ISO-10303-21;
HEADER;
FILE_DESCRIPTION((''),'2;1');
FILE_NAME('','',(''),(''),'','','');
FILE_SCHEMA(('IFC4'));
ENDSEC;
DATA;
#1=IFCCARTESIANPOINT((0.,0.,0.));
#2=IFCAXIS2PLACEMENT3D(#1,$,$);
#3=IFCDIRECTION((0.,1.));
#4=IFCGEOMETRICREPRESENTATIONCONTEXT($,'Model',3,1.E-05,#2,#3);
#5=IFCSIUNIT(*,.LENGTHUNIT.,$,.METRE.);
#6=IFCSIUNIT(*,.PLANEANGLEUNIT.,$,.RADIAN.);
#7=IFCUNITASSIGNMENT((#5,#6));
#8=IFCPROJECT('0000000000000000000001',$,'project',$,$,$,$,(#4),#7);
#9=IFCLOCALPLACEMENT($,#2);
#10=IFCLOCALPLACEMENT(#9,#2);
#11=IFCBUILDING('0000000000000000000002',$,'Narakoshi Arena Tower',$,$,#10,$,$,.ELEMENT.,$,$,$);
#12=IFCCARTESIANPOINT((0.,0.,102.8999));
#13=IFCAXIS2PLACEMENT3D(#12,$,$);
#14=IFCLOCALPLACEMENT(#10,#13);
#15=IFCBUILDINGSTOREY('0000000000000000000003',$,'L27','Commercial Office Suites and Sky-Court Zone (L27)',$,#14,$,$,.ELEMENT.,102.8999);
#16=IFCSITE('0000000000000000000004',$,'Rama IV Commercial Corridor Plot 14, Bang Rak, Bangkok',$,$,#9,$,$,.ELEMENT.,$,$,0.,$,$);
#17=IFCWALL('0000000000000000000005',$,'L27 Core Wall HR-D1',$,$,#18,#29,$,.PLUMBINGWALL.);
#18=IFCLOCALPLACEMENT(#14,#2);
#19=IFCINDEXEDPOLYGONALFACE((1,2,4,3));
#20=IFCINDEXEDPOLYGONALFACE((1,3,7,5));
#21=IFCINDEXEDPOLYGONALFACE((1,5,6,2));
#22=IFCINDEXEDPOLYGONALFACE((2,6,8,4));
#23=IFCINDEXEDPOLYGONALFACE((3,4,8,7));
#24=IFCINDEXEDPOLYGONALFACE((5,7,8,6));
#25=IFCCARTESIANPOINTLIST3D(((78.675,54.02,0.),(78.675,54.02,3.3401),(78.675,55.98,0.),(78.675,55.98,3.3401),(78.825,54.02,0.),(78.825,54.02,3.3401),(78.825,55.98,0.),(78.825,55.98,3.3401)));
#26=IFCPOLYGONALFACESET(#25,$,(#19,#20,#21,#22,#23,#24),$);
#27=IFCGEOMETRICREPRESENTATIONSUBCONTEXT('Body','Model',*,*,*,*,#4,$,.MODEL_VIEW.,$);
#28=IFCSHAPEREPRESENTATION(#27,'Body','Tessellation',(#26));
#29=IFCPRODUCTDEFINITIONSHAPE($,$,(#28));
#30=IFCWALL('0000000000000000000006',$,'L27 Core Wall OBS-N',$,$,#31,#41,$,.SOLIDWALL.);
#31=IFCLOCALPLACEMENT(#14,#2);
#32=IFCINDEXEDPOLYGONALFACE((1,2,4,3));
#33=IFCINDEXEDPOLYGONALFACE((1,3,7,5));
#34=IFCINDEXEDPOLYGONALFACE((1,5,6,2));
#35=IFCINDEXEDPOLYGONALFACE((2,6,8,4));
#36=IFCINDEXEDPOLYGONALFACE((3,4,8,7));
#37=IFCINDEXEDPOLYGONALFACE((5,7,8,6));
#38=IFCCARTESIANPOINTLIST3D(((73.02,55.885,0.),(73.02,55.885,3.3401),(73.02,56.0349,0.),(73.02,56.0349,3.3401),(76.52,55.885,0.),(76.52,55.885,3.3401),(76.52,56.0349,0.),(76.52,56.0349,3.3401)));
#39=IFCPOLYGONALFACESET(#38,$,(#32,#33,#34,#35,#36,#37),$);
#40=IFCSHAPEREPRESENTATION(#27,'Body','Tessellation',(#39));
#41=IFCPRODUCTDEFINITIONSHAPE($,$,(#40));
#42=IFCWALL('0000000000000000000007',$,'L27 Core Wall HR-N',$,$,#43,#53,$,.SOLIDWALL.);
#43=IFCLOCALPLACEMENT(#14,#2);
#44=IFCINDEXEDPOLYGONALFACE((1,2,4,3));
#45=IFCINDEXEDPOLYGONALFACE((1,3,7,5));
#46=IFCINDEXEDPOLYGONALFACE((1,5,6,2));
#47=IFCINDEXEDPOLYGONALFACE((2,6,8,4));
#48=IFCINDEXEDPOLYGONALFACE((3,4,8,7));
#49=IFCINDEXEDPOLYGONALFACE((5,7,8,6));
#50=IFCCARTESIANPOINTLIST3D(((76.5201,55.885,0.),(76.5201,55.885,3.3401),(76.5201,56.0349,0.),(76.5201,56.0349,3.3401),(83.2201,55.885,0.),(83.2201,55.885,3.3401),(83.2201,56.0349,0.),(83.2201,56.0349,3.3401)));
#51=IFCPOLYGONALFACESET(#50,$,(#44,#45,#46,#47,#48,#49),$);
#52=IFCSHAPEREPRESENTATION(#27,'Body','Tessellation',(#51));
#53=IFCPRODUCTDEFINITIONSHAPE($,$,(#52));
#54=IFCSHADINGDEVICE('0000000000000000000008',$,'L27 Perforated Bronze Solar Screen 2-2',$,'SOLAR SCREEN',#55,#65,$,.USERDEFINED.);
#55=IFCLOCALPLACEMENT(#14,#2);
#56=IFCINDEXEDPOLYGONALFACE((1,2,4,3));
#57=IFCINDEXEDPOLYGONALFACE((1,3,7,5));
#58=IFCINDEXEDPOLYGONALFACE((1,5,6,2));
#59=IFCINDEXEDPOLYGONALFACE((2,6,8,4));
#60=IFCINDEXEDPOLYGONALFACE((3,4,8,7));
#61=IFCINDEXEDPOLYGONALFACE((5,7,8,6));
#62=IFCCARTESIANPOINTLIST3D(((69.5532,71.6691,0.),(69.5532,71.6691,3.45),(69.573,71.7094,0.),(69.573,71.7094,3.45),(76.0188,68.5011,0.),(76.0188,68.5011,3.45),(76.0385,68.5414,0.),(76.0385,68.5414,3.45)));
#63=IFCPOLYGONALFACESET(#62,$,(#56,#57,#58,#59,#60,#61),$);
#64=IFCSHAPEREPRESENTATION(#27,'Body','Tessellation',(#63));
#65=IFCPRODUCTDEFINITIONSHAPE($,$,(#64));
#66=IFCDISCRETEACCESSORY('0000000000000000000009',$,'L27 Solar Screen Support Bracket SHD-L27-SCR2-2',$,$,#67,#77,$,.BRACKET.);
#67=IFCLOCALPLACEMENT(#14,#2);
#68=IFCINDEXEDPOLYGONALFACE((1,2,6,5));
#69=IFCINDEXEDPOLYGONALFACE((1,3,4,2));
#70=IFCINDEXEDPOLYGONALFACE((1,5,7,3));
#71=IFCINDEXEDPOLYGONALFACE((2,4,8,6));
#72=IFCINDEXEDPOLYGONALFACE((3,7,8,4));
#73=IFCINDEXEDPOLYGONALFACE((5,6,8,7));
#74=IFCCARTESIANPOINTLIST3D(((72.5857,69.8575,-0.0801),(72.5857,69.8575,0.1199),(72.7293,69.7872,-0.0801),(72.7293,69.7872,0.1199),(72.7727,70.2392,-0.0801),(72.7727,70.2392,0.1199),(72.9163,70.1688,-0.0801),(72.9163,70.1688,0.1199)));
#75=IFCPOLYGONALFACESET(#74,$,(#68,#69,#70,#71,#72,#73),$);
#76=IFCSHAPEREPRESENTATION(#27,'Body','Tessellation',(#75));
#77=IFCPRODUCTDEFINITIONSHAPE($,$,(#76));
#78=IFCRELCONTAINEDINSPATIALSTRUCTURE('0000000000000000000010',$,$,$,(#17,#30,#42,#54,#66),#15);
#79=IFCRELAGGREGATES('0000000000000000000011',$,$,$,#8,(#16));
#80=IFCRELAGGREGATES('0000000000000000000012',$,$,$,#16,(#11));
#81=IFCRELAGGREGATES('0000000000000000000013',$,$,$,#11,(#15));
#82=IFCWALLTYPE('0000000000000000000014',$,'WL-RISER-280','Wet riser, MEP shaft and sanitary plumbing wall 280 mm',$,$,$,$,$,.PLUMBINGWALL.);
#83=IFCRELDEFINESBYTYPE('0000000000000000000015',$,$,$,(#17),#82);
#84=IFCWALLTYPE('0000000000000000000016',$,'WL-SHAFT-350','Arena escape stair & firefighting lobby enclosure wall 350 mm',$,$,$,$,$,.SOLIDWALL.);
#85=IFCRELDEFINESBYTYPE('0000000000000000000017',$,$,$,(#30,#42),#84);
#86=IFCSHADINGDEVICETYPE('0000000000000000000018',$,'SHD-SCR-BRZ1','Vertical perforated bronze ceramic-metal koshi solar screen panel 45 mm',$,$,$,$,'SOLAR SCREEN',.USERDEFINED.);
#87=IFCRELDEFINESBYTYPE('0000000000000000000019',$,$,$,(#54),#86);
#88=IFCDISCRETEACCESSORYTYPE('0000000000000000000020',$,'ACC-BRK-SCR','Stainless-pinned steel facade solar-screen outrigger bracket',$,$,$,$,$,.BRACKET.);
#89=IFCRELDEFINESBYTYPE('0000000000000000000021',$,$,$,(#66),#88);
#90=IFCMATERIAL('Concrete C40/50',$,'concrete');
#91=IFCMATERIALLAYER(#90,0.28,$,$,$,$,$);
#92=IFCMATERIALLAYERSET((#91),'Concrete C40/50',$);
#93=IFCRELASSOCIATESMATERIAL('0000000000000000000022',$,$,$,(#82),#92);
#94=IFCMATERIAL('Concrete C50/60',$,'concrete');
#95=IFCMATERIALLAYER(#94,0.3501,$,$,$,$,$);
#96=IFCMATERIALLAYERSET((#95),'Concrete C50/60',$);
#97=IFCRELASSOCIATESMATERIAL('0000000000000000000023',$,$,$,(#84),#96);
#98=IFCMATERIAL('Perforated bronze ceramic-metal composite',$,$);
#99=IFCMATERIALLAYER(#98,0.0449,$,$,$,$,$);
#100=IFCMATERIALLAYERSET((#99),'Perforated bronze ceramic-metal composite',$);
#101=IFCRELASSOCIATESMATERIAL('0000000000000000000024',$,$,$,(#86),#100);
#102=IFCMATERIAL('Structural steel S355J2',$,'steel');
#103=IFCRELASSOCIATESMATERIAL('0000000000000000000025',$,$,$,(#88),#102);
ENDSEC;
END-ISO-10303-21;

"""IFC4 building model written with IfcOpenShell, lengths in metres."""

from ifc_helpers import new_model, si_unit, direction, frame, frame_2d, origin, origin_2d, place, context, subcontext, project, spatial, rectangle, extrude, material, layer, layer_set, type_object, element, save


model = new_model("IFC4")

# Units and contexts
model_context = context("Model", 3, precision=1e-05, world=origin(), true_north=direction((0.0, 1.0)))
body_context = subcontext(model_context, "Body", "Model", "MODEL_VIEW")
ifc_project = project(units=[si_unit("LENGTHUNIT", "METRE"), si_unit("PLANEANGLEUNIT", "RADIAN")], contexts=[model_context])

# Site, building, storey
site_placement = place(None, origin())
site = spatial("IfcSite", under=ifc_project, at=site_placement, Name="Rama IV Commercial Corridor Plot 14, Bang Rak, Bangkok", CompositionType="ELEMENT", RefElevation=0.0)
building_placement = place(site_placement, origin())
building = spatial("IfcBuilding", under=site, at=building_placement, Name="Narakoshi Arena Tower", CompositionType="ELEMENT")
storey_placement = place(building_placement, frame((0.0, 0.0, 102.8999)))
storey = spatial("IfcBuildingStorey", under=building, at=storey_placement, Name="L27", Description="Commercial Office Suites and Sky-Court Zone (L27)", CompositionType="ELEMENT", Elevation=102.8999)

# Walls
ifc_material_1 = material(Name="Concrete C40/50", Category="concrete")
ifc_layer_1 = layer(ifc_material_1, 0.28)
ifc_layer_set_1 = layer_set([ifc_layer_1], Name="Concrete C40/50")
wall_type_1 = type_object("IfcWallType", Name="WL-RISER-280", Description="Wet riser, MEP shaft and sanitary plumbing wall 280 mm", PredefinedType="PLUMBINGWALL", material=ifc_layer_set_1)
wall_1_placement = place(storey_placement, frame((78.75, 54.02, 0.0), z_axis=(0.0, 0.0, 1.0), x_axis=(0.0, 1.0, 0.0)))
element("IfcWall", 1, at=wall_1_placement, inside=storey, type_object=wall_type_1, Name="L27 Core Wall HR-D1", PredefinedType="PLUMBINGWALL", context=body_context, shape_type="SweptSolid", body=[
    extrude(rectangle(XDim=1.96, YDim=0.1499, at=frame_2d((0.98, 0.0))), origin(), (0.0, 0.0, 1.0), 3.3401),
])
ifc_material_2 = material(Name="Concrete C50/60", Category="concrete")
ifc_layer_2 = layer(ifc_material_2, 0.3501)
ifc_layer_set_2 = layer_set([ifc_layer_2], Name="Concrete C50/60")
wall_type_2 = type_object("IfcWallType", Name="WL-SHAFT-350", Description="Arena escape stair & firefighting lobby enclosure wall 350 mm", PredefinedType="SOLIDWALL", material=ifc_layer_set_2)
wall_2_placement = place(storey_placement, frame((73.02, 55.96, 0.0), z_axis=(0.0, 0.0, 1.0), x_axis=(1.0, 0.0, 0.0)))
element("IfcWall", 2, at=wall_2_placement, inside=storey, type_object=wall_type_2, Name="L27 Core Wall OBS-N", PredefinedType="SOLIDWALL", context=body_context, shape_type="SweptSolid", body=[
    extrude(rectangle(XDim=3.5, YDim=0.1499, at=frame_2d((1.75, 0.0))), origin(), (0.0, 0.0, 1.0), 3.3401),
])
wall_3_placement = place(storey_placement, frame((76.52, 55.96, 0.0), z_axis=(0.0, 0.0, 1.0), x_axis=(1.0, 0.0, 0.0)))
element("IfcWall", 3, at=wall_3_placement, inside=storey, type_object=wall_type_2, Name="L27 Core Wall HR-N", PredefinedType="SOLIDWALL", context=body_context, shape_type="SweptSolid", body=[
    extrude(rectangle(XDim=6.7, YDim=0.1499, at=frame_2d((3.3501, 0.0))), origin(), (0.0, 0.0, 1.0), 3.3401),
])

# Shading device
ifc_material_3 = material(Name="Perforated bronze ceramic-metal composite")
ifc_layer_3 = layer(ifc_material_3, 0.0449)
ifc_layer_set_3 = layer_set([ifc_layer_3], Name="Perforated bronze ceramic-metal composite")
shading_device_type = type_object("IfcShadingDeviceType", Name="SHD-SCR-BRZ1", Description="Vertical perforated bronze ceramic-metal koshi solar screen panel 45 mm", ElementType="SOLAR SCREEN", PredefinedType="USERDEFINED", material=ifc_layer_set_3)
shading_device_placement = place(storey_placement, frame((72.7959, 70.1052, 0.0), z_axis=(0.0, 0.0, 1.0), x_axis=(-0.897997, 0.440002, 0.0)))
element("IfcShadingDevice", 4, at=shading_device_placement, inside=storey, type_object=shading_device_type, Name="L27 Perforated Bronze Solar Screen 2-2", ObjectType="SOLAR SCREEN", PredefinedType="USERDEFINED", context=body_context, shape_type="SweptSolid", body=[
    extrude(rectangle(XDim=7.2, YDim=0.0449, at=origin_2d()), origin(), (0.0, 0.0, 1.0), 3.45),
])

# Discrete accessory
ifc_material_4 = material(Name="Structural steel S355J2", Category="steel")
discrete_accessory_type = type_object("IfcDiscreteAccessoryType", Name="ACC-BRK-SCR", Description="Stainless-pinned steel facade solar-screen outrigger bracket", PredefinedType="BRACKET", material=ifc_material_4)
discrete_accessory_placement = place(storey_placement, frame((72.751, 70.0132, -0.0801), z_axis=(0.0, 0.0, 1.0), x_axis=(-0.897997, 0.440002, 0.0)))
element("IfcDiscreteAccessory", 5, at=discrete_accessory_placement, inside=storey, type_object=discrete_accessory_type, Name="L27 Solar Screen Support Bracket SHD-L27-SCR2-2", PredefinedType="BRACKET", context=body_context, shape_type="SweptSolid", body=[
    extrude(rectangle(XDim=0.1599, YDim=0.425, at=origin_2d()), origin(), (0.0, 0.0, 1.0), 0.2),
])

save(model, "model.ifc")
